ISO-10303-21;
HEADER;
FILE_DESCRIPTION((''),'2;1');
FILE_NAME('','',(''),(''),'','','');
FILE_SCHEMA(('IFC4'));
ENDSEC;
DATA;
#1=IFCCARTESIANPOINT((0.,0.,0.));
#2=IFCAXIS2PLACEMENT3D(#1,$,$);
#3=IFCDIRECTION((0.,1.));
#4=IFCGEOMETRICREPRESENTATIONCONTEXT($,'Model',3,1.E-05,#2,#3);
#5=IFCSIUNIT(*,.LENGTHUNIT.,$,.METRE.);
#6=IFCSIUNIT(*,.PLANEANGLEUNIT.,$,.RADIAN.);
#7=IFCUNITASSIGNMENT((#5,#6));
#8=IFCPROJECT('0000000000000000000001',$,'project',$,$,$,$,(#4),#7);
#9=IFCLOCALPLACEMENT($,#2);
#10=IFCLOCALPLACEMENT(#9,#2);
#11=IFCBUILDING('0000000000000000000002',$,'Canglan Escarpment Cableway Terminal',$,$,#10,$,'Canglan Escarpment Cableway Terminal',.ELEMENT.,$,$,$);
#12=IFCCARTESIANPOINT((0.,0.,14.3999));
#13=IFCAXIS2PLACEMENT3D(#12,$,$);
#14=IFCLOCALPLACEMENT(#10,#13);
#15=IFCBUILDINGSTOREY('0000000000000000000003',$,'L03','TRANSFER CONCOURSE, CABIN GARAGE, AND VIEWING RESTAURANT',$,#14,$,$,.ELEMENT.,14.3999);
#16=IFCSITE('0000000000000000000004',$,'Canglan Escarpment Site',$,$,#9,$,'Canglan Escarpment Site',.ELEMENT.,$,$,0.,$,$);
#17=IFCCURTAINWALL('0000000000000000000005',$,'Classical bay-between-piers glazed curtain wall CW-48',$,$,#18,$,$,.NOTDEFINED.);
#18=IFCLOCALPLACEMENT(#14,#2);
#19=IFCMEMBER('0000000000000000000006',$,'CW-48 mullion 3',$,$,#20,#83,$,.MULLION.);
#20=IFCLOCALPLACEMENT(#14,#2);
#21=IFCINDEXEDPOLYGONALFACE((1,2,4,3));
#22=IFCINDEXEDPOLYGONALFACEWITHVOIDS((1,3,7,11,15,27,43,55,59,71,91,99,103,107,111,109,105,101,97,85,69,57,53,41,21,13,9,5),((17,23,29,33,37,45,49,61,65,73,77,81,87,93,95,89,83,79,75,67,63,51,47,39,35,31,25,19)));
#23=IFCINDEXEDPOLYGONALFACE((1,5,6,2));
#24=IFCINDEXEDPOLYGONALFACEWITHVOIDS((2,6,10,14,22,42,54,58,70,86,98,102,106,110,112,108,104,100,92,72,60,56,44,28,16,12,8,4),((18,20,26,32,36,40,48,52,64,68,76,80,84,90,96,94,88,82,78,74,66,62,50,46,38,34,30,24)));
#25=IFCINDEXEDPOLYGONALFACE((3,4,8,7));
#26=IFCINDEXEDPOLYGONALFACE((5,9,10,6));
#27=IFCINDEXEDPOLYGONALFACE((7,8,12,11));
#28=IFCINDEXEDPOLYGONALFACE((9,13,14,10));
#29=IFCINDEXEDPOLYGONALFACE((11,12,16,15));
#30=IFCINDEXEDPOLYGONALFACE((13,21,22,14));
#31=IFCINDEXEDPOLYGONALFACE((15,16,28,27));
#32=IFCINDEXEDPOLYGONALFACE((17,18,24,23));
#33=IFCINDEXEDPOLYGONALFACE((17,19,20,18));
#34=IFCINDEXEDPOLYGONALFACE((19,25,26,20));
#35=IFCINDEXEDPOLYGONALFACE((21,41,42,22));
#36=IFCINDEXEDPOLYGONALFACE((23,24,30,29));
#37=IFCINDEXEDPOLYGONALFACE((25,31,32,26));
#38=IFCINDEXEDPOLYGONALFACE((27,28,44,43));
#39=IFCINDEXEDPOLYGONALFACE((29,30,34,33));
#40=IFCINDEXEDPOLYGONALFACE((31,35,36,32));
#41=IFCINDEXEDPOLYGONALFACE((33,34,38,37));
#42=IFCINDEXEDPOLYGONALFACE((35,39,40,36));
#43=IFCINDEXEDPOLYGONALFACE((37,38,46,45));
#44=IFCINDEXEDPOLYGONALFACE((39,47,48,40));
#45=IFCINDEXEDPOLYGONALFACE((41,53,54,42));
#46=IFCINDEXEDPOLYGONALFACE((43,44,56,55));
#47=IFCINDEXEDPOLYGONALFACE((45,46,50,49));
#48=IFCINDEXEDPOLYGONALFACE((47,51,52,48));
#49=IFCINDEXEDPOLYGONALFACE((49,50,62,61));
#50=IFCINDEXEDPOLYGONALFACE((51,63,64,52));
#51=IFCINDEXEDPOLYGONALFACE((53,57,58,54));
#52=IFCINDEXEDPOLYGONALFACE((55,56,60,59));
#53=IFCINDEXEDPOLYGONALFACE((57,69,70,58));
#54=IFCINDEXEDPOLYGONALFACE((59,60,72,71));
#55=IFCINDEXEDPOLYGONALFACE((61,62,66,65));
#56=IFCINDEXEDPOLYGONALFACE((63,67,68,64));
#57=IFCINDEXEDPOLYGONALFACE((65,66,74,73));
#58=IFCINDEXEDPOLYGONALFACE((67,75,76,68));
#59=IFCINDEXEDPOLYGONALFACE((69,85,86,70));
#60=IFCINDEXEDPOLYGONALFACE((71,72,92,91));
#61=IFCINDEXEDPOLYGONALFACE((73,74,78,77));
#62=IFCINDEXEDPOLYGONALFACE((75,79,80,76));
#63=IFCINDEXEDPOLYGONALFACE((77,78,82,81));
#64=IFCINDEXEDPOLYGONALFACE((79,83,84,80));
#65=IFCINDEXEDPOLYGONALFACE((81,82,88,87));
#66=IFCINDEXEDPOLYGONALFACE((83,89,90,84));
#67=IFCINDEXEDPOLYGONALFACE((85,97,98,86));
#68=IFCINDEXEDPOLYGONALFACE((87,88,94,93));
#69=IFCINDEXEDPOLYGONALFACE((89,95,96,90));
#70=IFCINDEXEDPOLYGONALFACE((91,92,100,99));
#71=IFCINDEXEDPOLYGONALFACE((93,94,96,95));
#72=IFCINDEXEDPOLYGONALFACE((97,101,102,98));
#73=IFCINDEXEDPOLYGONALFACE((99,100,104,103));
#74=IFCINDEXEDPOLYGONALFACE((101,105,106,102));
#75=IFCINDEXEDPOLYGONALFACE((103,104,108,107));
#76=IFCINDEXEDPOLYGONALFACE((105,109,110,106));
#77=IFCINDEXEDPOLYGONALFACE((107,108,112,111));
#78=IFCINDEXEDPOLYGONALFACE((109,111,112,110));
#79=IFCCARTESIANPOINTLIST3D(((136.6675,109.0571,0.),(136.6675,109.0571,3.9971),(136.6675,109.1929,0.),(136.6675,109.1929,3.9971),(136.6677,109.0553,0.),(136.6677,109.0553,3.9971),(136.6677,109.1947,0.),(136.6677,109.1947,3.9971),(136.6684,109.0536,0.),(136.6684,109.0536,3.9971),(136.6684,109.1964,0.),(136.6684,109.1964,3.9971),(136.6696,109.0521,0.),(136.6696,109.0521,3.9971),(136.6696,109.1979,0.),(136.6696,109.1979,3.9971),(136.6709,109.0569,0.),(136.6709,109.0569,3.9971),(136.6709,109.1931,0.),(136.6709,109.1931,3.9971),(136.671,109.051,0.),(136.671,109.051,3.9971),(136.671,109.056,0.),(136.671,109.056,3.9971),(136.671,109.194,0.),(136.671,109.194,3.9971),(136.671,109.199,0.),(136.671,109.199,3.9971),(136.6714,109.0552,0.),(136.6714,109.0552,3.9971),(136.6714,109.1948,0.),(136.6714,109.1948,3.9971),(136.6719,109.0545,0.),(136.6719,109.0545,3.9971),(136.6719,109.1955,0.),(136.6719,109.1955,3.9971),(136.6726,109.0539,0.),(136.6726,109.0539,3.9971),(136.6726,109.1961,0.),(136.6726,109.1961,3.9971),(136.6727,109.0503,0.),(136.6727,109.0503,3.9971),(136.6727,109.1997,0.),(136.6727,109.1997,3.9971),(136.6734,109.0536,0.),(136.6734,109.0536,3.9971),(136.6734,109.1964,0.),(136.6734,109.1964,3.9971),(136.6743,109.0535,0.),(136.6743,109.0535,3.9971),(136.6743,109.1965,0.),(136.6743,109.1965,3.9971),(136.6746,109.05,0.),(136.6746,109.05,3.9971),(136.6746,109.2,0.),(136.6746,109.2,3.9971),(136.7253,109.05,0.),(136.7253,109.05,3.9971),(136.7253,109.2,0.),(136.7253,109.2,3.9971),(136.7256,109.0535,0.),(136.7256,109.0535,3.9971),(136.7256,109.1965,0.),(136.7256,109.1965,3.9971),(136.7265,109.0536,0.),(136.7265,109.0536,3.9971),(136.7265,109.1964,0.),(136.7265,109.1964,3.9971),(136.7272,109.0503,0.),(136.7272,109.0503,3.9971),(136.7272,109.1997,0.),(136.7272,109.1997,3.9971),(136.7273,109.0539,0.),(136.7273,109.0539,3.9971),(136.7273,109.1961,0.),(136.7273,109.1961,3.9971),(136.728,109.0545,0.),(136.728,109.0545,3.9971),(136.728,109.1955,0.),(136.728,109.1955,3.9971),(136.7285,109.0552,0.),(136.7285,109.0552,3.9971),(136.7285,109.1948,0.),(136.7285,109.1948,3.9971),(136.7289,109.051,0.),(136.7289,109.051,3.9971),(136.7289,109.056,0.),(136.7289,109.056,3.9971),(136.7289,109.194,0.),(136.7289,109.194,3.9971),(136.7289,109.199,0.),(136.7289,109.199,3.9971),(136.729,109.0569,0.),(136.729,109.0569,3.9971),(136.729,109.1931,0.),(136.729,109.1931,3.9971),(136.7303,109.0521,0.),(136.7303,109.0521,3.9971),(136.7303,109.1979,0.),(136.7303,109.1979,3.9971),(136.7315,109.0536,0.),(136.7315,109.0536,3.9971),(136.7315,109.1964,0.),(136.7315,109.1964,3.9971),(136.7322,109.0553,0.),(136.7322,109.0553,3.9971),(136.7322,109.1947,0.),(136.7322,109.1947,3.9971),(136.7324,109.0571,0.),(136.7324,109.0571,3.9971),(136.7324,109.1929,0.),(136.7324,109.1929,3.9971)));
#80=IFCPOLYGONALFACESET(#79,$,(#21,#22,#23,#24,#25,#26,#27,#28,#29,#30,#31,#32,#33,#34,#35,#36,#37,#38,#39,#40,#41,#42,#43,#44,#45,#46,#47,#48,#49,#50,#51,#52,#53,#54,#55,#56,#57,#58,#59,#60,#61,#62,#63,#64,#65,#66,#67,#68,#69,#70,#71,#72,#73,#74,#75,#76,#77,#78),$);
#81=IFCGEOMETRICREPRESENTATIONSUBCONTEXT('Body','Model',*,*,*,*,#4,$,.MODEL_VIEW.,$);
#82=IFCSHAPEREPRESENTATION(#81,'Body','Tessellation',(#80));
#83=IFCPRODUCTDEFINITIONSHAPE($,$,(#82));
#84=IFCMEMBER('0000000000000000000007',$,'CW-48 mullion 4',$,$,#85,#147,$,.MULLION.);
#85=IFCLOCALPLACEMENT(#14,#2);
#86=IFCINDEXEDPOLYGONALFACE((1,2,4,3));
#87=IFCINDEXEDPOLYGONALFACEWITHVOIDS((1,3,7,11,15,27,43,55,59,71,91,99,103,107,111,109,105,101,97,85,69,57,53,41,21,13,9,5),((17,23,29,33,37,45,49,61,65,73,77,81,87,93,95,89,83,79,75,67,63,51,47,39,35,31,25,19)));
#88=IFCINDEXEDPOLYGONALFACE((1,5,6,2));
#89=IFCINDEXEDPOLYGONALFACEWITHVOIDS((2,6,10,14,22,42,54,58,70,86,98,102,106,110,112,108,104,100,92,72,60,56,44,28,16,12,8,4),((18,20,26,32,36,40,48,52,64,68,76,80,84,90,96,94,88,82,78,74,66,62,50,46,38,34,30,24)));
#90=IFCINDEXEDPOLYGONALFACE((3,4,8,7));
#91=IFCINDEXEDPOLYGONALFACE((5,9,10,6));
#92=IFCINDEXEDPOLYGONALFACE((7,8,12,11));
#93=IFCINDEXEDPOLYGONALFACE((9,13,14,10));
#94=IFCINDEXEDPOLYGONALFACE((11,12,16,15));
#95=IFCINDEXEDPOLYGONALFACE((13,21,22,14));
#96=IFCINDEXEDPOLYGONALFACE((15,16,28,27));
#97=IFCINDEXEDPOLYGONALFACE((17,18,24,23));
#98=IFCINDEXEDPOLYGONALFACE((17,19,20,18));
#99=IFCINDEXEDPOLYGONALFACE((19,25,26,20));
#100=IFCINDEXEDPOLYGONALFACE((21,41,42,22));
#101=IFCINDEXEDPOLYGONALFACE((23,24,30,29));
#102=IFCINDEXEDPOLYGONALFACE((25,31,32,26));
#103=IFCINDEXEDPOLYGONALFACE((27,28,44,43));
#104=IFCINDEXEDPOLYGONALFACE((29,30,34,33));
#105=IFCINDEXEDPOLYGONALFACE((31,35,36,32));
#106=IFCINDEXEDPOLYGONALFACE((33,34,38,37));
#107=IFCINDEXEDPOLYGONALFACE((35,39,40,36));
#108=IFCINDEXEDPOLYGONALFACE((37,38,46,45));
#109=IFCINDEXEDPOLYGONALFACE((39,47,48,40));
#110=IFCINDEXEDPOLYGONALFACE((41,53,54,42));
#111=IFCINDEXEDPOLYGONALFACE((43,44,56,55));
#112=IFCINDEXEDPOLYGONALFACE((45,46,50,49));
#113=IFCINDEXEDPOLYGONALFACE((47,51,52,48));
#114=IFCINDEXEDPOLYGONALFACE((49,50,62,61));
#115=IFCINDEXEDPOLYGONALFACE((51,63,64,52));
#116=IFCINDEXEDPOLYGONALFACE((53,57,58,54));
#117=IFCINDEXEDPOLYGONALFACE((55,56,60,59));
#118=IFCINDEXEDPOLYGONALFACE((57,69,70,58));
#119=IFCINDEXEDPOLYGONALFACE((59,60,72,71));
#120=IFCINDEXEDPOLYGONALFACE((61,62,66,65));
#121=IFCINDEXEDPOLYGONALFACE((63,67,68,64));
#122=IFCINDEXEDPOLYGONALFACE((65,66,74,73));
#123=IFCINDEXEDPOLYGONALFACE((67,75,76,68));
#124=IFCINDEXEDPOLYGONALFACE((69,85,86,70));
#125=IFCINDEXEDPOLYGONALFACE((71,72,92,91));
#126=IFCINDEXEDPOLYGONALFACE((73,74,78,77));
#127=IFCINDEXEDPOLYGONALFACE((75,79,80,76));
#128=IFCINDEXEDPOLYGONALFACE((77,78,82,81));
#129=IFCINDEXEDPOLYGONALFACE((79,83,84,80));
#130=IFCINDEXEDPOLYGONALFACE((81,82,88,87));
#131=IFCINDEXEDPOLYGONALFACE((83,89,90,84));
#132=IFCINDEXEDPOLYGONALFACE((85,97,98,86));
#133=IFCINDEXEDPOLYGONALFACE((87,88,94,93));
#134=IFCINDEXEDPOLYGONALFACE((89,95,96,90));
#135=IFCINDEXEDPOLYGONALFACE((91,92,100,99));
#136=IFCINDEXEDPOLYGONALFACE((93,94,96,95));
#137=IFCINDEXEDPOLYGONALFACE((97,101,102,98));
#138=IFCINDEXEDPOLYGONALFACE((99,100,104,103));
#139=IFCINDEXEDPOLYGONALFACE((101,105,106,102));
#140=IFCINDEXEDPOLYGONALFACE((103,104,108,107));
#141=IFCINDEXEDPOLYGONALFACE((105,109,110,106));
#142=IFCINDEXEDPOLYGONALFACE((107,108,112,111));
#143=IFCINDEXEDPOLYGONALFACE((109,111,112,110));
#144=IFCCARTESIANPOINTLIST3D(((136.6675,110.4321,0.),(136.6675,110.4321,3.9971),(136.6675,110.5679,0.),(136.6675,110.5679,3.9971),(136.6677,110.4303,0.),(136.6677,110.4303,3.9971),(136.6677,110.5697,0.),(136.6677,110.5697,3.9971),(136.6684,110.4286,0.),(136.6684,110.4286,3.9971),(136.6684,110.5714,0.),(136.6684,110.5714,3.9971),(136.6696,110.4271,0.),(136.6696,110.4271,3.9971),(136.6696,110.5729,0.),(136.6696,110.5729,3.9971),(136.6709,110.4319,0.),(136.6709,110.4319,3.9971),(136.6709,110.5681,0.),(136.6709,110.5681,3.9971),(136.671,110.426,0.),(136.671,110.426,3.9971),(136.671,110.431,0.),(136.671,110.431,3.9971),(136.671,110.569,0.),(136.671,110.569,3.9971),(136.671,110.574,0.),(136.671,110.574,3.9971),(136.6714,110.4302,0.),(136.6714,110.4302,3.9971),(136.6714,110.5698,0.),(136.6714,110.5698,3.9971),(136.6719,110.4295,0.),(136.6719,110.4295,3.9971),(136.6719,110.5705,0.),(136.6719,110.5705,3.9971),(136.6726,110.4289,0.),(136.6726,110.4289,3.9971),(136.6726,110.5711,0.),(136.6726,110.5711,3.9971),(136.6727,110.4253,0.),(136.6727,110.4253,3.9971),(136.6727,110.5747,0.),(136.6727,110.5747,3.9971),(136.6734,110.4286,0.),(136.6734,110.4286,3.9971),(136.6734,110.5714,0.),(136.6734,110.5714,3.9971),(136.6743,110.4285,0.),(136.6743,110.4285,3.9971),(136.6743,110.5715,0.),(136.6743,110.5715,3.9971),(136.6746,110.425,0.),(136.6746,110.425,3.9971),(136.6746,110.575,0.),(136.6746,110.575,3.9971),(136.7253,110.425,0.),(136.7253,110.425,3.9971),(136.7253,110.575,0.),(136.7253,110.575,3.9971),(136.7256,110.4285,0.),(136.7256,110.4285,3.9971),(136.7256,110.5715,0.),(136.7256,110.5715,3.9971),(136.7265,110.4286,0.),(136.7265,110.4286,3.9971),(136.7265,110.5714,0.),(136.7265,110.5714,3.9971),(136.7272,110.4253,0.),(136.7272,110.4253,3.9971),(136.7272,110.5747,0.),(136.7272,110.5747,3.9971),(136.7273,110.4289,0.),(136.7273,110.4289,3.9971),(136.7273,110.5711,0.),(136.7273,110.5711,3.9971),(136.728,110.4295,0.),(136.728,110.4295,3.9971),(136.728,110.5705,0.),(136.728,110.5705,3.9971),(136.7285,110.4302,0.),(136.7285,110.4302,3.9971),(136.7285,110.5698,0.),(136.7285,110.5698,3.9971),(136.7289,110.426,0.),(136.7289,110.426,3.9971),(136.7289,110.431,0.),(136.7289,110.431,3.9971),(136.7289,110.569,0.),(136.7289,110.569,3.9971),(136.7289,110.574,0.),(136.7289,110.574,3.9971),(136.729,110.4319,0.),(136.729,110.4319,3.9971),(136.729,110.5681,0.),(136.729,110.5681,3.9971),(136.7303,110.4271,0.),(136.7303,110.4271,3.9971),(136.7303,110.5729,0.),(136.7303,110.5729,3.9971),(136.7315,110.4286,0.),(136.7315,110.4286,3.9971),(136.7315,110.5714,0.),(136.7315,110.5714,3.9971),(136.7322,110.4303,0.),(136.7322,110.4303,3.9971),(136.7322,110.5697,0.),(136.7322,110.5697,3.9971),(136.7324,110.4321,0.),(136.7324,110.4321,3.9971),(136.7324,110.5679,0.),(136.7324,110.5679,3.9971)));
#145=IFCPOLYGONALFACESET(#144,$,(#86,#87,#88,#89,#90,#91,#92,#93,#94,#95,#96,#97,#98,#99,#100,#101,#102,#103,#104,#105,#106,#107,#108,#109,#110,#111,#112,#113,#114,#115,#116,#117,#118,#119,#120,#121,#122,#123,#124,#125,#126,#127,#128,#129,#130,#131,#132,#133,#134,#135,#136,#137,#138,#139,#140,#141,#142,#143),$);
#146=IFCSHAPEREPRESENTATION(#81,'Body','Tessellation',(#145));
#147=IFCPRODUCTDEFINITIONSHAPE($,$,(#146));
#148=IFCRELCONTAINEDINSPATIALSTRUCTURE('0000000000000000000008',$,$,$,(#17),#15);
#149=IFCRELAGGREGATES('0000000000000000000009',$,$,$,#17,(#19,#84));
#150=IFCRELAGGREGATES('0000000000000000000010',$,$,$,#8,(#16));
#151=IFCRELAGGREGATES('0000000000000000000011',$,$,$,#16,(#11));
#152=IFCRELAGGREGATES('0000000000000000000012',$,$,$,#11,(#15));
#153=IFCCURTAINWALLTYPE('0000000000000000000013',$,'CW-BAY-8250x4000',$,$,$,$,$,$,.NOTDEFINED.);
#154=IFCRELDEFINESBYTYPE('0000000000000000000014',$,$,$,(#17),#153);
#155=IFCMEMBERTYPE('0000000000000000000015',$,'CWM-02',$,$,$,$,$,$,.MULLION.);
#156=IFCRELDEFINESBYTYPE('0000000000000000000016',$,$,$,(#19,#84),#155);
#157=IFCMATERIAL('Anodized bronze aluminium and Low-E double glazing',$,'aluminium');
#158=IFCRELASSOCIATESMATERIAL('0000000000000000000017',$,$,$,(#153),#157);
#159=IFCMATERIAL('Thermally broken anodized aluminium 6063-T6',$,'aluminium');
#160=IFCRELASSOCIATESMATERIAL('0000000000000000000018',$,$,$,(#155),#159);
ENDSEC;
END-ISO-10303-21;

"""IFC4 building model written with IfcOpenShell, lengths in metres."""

from ifc_helpers import new_model, si_unit, direction, frame, origin, origin_2d, place, context, subcontext, project, spatial, hollow_rectangle, extrude, material, material_profile, profile_set, type_object, element, aggregate, save


model = new_model("IFC4")

# Units and contexts
model_context = context("Model", 3, precision=1e-05, world=origin(), true_north=direction((0.0, 1.0)))
body_context = subcontext(model_context, "Body", "Model", "MODEL_VIEW")
ifc_project = project(units=[si_unit("LENGTHUNIT", "METRE"), si_unit("PLANEANGLEUNIT", "RADIAN")], contexts=[model_context])

# Site, building, storey
site_placement = place(None, origin())
site = spatial("IfcSite", under=ifc_project, at=site_placement, Name="Canglan Escarpment Site", LongName="Canglan Escarpment Site", CompositionType="ELEMENT", RefElevation=0.0)
building_placement = place(site_placement, origin())
building = spatial("IfcBuilding", under=site, at=building_placement, Name="Canglan Escarpment Cableway Terminal", LongName="Canglan Escarpment Cableway Terminal", CompositionType="ELEMENT")
storey_placement = place(building_placement, frame((0.0, 0.0, 14.3999)))
storey = spatial("IfcBuildingStorey", under=building, at=storey_placement, Name="L03", Description="TRANSFER CONCOURSE, CABIN GARAGE, AND VIEWING RESTAURANT", CompositionType="ELEMENT", Elevation=14.3999)

# Curtain wall, members
ifc_material_1 = material(Name="Anodized bronze aluminium and Low-E double glazing", Category="aluminium")
curtain_wall_type_1 = type_object("IfcCurtainWallType", Name="CW-BAY-8250x4000", PredefinedType="NOTDEFINED", material=ifc_material_1)
curtain_wall_1_placement = place(storey_placement, origin())
curtain_wall_1 = element("IfcCurtainWall", 1, at=curtain_wall_1_placement, inside=storey, type_object=curtain_wall_type_1, Name="Classical bay-between-piers glazed curtain wall CW-48", PredefinedType="NOTDEFINED")
ifc_material_2 = material(Name="Thermally broken anodized aluminium 6063-T6", Category="aluminium")
ifc_material_profile_1 = material_profile(ifc_material_2, hollow_rectangle(XDim=0.0649, YDim=0.1499, WallThickness=0.0034, InnerFilletRadius=0.0034, OuterFilletRadius=0.0071, at=origin_2d()), Name="ALU-MULL 65x150x3.5")
ifc_profile_set_1 = profile_set([ifc_material_profile_1], Name="Thermally broken anodized aluminium 6063-T6")
member_type_1 = type_object("IfcMemberType", Name="CWM-02", PredefinedType="MULLION", material=ifc_profile_set_1)
member_1_placement = place(storey_placement, frame((136.7, 109.125, 0.0), z_axis=(0.0, 0.0, 1.0), x_axis=(-1.0, 0.0, 0.0)))
member_1 = element("IfcMember", 2, at=member_1_placement, type_object=member_type_1, Name="CW-48 mullion 3", PredefinedType="MULLION", context=body_context, shape_type="SweptSolid", body=[
    extrude(hollow_rectangle(XDim=0.0649, YDim=0.1499, WallThickness=0.0034, InnerFilletRadius=0.0034, OuterFilletRadius=0.0071, at=origin_2d()), origin(), (0.0, 0.0, 1.0), 3.9971),
])
member_2_placement = place(storey_placement, frame((136.7, 110.5, 0.0), z_axis=(0.0, 0.0, 1.0), x_axis=(-1.0, 0.0, 0.0)))
member_2 = element("IfcMember", 3, at=member_2_placement, type_object=member_type_1, Name="CW-48 mullion 4", PredefinedType="MULLION", context=body_context, shape_type="SweptSolid", body=[
    extrude(hollow_rectangle(XDim=0.0649, YDim=0.1499, WallThickness=0.0034, InnerFilletRadius=0.0034, OuterFilletRadius=0.0071, at=origin_2d()), origin(), (0.0, 0.0, 1.0), 3.9971),
])
aggregate(curtain_wall_1, [member_1, member_2])

save(model, "model.ifc")
